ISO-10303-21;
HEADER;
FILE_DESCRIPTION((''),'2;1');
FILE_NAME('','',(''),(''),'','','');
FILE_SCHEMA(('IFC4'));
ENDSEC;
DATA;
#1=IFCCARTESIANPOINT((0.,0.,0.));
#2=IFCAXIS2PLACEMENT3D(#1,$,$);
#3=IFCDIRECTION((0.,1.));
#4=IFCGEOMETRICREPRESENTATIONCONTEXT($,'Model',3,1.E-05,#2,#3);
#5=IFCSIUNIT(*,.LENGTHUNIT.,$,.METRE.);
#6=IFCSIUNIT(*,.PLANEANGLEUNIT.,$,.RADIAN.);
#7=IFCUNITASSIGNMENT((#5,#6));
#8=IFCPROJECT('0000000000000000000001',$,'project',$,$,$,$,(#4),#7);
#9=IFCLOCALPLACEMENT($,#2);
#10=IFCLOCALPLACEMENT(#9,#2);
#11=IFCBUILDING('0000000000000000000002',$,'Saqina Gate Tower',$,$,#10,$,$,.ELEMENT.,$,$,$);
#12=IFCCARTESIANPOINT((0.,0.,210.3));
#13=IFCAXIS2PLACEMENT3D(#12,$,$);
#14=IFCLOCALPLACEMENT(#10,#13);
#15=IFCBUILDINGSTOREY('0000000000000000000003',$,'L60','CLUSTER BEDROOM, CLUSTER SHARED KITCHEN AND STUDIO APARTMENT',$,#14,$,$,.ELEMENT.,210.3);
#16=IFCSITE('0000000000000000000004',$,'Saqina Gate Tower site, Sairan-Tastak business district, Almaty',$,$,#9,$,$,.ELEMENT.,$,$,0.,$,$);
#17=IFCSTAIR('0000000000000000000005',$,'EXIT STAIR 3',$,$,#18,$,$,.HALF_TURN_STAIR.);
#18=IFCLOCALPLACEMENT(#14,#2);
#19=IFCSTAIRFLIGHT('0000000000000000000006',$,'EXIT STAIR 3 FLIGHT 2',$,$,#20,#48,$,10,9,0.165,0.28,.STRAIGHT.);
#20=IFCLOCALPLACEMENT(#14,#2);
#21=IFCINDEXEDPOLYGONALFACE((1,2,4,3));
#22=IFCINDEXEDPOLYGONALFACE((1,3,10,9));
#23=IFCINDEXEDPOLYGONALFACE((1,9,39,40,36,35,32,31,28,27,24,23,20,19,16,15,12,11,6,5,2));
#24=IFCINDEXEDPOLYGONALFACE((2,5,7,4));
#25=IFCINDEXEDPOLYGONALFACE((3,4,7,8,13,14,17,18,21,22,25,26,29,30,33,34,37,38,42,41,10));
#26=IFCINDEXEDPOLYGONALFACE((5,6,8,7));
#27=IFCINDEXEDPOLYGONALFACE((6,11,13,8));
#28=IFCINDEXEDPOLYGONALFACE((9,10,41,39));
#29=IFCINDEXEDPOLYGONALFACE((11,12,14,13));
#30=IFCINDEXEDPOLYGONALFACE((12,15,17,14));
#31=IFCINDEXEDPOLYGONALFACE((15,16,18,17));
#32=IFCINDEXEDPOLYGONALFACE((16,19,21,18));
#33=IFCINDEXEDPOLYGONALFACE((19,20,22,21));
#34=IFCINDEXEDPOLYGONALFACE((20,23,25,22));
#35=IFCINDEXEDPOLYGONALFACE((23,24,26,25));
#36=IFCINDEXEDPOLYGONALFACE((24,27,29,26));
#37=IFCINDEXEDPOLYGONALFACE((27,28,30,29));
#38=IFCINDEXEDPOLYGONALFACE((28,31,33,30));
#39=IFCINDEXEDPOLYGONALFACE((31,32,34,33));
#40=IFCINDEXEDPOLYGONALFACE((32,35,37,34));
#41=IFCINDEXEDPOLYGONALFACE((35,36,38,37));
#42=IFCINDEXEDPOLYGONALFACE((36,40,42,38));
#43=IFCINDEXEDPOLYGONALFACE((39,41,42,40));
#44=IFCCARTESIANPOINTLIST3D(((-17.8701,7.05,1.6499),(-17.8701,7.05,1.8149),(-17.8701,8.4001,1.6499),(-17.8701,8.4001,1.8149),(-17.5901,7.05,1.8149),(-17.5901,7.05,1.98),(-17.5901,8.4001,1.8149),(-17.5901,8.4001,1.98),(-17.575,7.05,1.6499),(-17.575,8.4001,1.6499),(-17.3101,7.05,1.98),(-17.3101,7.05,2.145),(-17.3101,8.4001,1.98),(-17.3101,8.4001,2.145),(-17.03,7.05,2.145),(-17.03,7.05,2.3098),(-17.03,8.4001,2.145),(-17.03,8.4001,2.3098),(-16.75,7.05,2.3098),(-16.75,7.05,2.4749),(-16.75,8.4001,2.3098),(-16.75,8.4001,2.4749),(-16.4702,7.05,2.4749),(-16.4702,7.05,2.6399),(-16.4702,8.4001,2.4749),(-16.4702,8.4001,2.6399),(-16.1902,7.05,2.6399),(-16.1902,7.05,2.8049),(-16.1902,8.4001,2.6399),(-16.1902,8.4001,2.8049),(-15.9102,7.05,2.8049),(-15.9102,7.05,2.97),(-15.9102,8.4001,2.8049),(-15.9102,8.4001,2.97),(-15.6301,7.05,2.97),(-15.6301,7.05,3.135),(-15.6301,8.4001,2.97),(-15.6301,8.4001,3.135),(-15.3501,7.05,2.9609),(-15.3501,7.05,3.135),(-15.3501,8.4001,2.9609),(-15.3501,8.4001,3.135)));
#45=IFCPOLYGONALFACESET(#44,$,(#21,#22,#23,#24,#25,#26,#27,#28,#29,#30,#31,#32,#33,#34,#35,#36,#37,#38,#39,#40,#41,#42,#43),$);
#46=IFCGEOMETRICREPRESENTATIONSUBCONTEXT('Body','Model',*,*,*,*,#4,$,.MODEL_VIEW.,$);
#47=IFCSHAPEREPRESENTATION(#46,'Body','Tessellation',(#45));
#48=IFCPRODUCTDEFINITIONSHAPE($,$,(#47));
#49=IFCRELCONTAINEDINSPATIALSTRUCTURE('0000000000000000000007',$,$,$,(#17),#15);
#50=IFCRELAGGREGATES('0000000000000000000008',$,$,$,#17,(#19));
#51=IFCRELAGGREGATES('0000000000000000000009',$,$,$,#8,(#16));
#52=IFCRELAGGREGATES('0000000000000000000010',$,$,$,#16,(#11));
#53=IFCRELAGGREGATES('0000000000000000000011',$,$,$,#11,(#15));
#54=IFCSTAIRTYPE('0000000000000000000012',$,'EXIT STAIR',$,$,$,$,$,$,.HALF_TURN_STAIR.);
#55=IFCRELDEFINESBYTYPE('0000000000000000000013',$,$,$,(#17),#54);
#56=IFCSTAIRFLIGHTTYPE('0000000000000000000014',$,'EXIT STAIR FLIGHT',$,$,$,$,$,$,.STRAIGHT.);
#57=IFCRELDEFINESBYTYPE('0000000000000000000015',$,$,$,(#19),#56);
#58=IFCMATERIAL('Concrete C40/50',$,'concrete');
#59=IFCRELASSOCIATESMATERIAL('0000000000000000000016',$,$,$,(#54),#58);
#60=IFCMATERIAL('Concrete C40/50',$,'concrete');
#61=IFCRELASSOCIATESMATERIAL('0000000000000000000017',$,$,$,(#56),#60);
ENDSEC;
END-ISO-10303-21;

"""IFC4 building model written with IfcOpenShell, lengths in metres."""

from ifc_helpers import new_model, si_unit, direction, frame, origin, place, context, subcontext, project, spatial, polyline, outline, extrude, material, type_object, element, aggregate, save


model = new_model("IFC4")

# Units and contexts
model_context = context("Model", 3, precision=1e-05, world=origin(), true_north=direction((0.0, 1.0)))
body_context = subcontext(model_context, "Body", "Model", "MODEL_VIEW")
ifc_project = project(units=[si_unit("LENGTHUNIT", "METRE"), si_unit("PLANEANGLEUNIT", "RADIAN")], contexts=[model_context])

# Site, building, storey
site_placement = place(None, origin())
site = spatial("IfcSite", under=ifc_project, at=site_placement, Name="Saqina Gate Tower site, Sairan-Tastak business district, Almaty", CompositionType="ELEMENT", RefElevation=0.0)
building_placement = place(site_placement, origin())
building = spatial("IfcBuilding", under=site, at=building_placement, Name="Saqina Gate Tower", CompositionType="ELEMENT")
storey_placement = place(building_placement, frame((0.0, 0.0, 210.3)))
storey = spatial("IfcBuildingStorey", under=building, at=storey_placement, Name="L60", Description="CLUSTER BEDROOM, CLUSTER SHARED KITCHEN AND STUDIO APARTMENT", CompositionType="ELEMENT", Elevation=210.3)

# Stair, stair flight
ifc_material_1 = material(Name="Concrete C40/50", Category="concrete")
stair_type = type_object("IfcStairType", Name="EXIT STAIR", PredefinedType="HALF_TURN_STAIR", material=ifc_material_1)
stair_placement = place(storey_placement, origin())
stair = element("IfcStair", 1, at=stair_placement, inside=storey, type_object=stair_type, Name="EXIT STAIR 3", PredefinedType="HALF_TURN_STAIR")
ifc_material_2 = material(Name="Concrete C40/50", Category="concrete")
stair_flight_type = type_object("IfcStairFlightType", Name="EXIT STAIR FLIGHT", PredefinedType="STRAIGHT", material=ifc_material_2)
stair_flight_1_placement = place(storey_placement, frame((-17.8701, 7.7251, 1.6499), z_axis=(0.0, 0.0, 1.0), x_axis=(1.0, 0.0, 0.0)))
stair_flight_1 = element("IfcStairFlight", 2, at=stair_flight_1_placement, type_object=stair_flight_type, Name="EXIT STAIR 3 FLIGHT 2", NumberOfRisers=10, NumberOfTreads=9, PredefinedType="STRAIGHT", RiserHeight=0.165, TreadLength=0.28, context=body_context, shape_type="SweptSolid", body=[
    extrude(outline(polyline([(0.0, 0.0), (0.0, 0.165), (0.28, 0.165), (0.28, 0.3301), (0.5601, 0.3301), (0.5601, 0.4951), (0.8401, 0.4951), (0.8401, 0.6599), (1.1201, 0.6599), (1.1201, 0.825), (1.3999, 0.825), (1.3999, 0.99), (1.6799, 0.99), (1.6799, 1.155), (1.96, 1.155), (1.96, 1.3201), (2.24, 1.3201), (2.24, 1.4851), (2.52, 1.4851), (2.52, 1.6499), (2.52, 1.311), (0.2952, 0.0), (0.0, 0.0)])), frame((0.0, 0.675, 0.0), z_axis=(0.0, -1.0, 0.0), x_axis=(1.0, 0.0, 0.0)), (0.0, 0.0, 1.0), 1.3501),
])
aggregate(stair, [stair_flight_1])

save(model, "model.ifc")
